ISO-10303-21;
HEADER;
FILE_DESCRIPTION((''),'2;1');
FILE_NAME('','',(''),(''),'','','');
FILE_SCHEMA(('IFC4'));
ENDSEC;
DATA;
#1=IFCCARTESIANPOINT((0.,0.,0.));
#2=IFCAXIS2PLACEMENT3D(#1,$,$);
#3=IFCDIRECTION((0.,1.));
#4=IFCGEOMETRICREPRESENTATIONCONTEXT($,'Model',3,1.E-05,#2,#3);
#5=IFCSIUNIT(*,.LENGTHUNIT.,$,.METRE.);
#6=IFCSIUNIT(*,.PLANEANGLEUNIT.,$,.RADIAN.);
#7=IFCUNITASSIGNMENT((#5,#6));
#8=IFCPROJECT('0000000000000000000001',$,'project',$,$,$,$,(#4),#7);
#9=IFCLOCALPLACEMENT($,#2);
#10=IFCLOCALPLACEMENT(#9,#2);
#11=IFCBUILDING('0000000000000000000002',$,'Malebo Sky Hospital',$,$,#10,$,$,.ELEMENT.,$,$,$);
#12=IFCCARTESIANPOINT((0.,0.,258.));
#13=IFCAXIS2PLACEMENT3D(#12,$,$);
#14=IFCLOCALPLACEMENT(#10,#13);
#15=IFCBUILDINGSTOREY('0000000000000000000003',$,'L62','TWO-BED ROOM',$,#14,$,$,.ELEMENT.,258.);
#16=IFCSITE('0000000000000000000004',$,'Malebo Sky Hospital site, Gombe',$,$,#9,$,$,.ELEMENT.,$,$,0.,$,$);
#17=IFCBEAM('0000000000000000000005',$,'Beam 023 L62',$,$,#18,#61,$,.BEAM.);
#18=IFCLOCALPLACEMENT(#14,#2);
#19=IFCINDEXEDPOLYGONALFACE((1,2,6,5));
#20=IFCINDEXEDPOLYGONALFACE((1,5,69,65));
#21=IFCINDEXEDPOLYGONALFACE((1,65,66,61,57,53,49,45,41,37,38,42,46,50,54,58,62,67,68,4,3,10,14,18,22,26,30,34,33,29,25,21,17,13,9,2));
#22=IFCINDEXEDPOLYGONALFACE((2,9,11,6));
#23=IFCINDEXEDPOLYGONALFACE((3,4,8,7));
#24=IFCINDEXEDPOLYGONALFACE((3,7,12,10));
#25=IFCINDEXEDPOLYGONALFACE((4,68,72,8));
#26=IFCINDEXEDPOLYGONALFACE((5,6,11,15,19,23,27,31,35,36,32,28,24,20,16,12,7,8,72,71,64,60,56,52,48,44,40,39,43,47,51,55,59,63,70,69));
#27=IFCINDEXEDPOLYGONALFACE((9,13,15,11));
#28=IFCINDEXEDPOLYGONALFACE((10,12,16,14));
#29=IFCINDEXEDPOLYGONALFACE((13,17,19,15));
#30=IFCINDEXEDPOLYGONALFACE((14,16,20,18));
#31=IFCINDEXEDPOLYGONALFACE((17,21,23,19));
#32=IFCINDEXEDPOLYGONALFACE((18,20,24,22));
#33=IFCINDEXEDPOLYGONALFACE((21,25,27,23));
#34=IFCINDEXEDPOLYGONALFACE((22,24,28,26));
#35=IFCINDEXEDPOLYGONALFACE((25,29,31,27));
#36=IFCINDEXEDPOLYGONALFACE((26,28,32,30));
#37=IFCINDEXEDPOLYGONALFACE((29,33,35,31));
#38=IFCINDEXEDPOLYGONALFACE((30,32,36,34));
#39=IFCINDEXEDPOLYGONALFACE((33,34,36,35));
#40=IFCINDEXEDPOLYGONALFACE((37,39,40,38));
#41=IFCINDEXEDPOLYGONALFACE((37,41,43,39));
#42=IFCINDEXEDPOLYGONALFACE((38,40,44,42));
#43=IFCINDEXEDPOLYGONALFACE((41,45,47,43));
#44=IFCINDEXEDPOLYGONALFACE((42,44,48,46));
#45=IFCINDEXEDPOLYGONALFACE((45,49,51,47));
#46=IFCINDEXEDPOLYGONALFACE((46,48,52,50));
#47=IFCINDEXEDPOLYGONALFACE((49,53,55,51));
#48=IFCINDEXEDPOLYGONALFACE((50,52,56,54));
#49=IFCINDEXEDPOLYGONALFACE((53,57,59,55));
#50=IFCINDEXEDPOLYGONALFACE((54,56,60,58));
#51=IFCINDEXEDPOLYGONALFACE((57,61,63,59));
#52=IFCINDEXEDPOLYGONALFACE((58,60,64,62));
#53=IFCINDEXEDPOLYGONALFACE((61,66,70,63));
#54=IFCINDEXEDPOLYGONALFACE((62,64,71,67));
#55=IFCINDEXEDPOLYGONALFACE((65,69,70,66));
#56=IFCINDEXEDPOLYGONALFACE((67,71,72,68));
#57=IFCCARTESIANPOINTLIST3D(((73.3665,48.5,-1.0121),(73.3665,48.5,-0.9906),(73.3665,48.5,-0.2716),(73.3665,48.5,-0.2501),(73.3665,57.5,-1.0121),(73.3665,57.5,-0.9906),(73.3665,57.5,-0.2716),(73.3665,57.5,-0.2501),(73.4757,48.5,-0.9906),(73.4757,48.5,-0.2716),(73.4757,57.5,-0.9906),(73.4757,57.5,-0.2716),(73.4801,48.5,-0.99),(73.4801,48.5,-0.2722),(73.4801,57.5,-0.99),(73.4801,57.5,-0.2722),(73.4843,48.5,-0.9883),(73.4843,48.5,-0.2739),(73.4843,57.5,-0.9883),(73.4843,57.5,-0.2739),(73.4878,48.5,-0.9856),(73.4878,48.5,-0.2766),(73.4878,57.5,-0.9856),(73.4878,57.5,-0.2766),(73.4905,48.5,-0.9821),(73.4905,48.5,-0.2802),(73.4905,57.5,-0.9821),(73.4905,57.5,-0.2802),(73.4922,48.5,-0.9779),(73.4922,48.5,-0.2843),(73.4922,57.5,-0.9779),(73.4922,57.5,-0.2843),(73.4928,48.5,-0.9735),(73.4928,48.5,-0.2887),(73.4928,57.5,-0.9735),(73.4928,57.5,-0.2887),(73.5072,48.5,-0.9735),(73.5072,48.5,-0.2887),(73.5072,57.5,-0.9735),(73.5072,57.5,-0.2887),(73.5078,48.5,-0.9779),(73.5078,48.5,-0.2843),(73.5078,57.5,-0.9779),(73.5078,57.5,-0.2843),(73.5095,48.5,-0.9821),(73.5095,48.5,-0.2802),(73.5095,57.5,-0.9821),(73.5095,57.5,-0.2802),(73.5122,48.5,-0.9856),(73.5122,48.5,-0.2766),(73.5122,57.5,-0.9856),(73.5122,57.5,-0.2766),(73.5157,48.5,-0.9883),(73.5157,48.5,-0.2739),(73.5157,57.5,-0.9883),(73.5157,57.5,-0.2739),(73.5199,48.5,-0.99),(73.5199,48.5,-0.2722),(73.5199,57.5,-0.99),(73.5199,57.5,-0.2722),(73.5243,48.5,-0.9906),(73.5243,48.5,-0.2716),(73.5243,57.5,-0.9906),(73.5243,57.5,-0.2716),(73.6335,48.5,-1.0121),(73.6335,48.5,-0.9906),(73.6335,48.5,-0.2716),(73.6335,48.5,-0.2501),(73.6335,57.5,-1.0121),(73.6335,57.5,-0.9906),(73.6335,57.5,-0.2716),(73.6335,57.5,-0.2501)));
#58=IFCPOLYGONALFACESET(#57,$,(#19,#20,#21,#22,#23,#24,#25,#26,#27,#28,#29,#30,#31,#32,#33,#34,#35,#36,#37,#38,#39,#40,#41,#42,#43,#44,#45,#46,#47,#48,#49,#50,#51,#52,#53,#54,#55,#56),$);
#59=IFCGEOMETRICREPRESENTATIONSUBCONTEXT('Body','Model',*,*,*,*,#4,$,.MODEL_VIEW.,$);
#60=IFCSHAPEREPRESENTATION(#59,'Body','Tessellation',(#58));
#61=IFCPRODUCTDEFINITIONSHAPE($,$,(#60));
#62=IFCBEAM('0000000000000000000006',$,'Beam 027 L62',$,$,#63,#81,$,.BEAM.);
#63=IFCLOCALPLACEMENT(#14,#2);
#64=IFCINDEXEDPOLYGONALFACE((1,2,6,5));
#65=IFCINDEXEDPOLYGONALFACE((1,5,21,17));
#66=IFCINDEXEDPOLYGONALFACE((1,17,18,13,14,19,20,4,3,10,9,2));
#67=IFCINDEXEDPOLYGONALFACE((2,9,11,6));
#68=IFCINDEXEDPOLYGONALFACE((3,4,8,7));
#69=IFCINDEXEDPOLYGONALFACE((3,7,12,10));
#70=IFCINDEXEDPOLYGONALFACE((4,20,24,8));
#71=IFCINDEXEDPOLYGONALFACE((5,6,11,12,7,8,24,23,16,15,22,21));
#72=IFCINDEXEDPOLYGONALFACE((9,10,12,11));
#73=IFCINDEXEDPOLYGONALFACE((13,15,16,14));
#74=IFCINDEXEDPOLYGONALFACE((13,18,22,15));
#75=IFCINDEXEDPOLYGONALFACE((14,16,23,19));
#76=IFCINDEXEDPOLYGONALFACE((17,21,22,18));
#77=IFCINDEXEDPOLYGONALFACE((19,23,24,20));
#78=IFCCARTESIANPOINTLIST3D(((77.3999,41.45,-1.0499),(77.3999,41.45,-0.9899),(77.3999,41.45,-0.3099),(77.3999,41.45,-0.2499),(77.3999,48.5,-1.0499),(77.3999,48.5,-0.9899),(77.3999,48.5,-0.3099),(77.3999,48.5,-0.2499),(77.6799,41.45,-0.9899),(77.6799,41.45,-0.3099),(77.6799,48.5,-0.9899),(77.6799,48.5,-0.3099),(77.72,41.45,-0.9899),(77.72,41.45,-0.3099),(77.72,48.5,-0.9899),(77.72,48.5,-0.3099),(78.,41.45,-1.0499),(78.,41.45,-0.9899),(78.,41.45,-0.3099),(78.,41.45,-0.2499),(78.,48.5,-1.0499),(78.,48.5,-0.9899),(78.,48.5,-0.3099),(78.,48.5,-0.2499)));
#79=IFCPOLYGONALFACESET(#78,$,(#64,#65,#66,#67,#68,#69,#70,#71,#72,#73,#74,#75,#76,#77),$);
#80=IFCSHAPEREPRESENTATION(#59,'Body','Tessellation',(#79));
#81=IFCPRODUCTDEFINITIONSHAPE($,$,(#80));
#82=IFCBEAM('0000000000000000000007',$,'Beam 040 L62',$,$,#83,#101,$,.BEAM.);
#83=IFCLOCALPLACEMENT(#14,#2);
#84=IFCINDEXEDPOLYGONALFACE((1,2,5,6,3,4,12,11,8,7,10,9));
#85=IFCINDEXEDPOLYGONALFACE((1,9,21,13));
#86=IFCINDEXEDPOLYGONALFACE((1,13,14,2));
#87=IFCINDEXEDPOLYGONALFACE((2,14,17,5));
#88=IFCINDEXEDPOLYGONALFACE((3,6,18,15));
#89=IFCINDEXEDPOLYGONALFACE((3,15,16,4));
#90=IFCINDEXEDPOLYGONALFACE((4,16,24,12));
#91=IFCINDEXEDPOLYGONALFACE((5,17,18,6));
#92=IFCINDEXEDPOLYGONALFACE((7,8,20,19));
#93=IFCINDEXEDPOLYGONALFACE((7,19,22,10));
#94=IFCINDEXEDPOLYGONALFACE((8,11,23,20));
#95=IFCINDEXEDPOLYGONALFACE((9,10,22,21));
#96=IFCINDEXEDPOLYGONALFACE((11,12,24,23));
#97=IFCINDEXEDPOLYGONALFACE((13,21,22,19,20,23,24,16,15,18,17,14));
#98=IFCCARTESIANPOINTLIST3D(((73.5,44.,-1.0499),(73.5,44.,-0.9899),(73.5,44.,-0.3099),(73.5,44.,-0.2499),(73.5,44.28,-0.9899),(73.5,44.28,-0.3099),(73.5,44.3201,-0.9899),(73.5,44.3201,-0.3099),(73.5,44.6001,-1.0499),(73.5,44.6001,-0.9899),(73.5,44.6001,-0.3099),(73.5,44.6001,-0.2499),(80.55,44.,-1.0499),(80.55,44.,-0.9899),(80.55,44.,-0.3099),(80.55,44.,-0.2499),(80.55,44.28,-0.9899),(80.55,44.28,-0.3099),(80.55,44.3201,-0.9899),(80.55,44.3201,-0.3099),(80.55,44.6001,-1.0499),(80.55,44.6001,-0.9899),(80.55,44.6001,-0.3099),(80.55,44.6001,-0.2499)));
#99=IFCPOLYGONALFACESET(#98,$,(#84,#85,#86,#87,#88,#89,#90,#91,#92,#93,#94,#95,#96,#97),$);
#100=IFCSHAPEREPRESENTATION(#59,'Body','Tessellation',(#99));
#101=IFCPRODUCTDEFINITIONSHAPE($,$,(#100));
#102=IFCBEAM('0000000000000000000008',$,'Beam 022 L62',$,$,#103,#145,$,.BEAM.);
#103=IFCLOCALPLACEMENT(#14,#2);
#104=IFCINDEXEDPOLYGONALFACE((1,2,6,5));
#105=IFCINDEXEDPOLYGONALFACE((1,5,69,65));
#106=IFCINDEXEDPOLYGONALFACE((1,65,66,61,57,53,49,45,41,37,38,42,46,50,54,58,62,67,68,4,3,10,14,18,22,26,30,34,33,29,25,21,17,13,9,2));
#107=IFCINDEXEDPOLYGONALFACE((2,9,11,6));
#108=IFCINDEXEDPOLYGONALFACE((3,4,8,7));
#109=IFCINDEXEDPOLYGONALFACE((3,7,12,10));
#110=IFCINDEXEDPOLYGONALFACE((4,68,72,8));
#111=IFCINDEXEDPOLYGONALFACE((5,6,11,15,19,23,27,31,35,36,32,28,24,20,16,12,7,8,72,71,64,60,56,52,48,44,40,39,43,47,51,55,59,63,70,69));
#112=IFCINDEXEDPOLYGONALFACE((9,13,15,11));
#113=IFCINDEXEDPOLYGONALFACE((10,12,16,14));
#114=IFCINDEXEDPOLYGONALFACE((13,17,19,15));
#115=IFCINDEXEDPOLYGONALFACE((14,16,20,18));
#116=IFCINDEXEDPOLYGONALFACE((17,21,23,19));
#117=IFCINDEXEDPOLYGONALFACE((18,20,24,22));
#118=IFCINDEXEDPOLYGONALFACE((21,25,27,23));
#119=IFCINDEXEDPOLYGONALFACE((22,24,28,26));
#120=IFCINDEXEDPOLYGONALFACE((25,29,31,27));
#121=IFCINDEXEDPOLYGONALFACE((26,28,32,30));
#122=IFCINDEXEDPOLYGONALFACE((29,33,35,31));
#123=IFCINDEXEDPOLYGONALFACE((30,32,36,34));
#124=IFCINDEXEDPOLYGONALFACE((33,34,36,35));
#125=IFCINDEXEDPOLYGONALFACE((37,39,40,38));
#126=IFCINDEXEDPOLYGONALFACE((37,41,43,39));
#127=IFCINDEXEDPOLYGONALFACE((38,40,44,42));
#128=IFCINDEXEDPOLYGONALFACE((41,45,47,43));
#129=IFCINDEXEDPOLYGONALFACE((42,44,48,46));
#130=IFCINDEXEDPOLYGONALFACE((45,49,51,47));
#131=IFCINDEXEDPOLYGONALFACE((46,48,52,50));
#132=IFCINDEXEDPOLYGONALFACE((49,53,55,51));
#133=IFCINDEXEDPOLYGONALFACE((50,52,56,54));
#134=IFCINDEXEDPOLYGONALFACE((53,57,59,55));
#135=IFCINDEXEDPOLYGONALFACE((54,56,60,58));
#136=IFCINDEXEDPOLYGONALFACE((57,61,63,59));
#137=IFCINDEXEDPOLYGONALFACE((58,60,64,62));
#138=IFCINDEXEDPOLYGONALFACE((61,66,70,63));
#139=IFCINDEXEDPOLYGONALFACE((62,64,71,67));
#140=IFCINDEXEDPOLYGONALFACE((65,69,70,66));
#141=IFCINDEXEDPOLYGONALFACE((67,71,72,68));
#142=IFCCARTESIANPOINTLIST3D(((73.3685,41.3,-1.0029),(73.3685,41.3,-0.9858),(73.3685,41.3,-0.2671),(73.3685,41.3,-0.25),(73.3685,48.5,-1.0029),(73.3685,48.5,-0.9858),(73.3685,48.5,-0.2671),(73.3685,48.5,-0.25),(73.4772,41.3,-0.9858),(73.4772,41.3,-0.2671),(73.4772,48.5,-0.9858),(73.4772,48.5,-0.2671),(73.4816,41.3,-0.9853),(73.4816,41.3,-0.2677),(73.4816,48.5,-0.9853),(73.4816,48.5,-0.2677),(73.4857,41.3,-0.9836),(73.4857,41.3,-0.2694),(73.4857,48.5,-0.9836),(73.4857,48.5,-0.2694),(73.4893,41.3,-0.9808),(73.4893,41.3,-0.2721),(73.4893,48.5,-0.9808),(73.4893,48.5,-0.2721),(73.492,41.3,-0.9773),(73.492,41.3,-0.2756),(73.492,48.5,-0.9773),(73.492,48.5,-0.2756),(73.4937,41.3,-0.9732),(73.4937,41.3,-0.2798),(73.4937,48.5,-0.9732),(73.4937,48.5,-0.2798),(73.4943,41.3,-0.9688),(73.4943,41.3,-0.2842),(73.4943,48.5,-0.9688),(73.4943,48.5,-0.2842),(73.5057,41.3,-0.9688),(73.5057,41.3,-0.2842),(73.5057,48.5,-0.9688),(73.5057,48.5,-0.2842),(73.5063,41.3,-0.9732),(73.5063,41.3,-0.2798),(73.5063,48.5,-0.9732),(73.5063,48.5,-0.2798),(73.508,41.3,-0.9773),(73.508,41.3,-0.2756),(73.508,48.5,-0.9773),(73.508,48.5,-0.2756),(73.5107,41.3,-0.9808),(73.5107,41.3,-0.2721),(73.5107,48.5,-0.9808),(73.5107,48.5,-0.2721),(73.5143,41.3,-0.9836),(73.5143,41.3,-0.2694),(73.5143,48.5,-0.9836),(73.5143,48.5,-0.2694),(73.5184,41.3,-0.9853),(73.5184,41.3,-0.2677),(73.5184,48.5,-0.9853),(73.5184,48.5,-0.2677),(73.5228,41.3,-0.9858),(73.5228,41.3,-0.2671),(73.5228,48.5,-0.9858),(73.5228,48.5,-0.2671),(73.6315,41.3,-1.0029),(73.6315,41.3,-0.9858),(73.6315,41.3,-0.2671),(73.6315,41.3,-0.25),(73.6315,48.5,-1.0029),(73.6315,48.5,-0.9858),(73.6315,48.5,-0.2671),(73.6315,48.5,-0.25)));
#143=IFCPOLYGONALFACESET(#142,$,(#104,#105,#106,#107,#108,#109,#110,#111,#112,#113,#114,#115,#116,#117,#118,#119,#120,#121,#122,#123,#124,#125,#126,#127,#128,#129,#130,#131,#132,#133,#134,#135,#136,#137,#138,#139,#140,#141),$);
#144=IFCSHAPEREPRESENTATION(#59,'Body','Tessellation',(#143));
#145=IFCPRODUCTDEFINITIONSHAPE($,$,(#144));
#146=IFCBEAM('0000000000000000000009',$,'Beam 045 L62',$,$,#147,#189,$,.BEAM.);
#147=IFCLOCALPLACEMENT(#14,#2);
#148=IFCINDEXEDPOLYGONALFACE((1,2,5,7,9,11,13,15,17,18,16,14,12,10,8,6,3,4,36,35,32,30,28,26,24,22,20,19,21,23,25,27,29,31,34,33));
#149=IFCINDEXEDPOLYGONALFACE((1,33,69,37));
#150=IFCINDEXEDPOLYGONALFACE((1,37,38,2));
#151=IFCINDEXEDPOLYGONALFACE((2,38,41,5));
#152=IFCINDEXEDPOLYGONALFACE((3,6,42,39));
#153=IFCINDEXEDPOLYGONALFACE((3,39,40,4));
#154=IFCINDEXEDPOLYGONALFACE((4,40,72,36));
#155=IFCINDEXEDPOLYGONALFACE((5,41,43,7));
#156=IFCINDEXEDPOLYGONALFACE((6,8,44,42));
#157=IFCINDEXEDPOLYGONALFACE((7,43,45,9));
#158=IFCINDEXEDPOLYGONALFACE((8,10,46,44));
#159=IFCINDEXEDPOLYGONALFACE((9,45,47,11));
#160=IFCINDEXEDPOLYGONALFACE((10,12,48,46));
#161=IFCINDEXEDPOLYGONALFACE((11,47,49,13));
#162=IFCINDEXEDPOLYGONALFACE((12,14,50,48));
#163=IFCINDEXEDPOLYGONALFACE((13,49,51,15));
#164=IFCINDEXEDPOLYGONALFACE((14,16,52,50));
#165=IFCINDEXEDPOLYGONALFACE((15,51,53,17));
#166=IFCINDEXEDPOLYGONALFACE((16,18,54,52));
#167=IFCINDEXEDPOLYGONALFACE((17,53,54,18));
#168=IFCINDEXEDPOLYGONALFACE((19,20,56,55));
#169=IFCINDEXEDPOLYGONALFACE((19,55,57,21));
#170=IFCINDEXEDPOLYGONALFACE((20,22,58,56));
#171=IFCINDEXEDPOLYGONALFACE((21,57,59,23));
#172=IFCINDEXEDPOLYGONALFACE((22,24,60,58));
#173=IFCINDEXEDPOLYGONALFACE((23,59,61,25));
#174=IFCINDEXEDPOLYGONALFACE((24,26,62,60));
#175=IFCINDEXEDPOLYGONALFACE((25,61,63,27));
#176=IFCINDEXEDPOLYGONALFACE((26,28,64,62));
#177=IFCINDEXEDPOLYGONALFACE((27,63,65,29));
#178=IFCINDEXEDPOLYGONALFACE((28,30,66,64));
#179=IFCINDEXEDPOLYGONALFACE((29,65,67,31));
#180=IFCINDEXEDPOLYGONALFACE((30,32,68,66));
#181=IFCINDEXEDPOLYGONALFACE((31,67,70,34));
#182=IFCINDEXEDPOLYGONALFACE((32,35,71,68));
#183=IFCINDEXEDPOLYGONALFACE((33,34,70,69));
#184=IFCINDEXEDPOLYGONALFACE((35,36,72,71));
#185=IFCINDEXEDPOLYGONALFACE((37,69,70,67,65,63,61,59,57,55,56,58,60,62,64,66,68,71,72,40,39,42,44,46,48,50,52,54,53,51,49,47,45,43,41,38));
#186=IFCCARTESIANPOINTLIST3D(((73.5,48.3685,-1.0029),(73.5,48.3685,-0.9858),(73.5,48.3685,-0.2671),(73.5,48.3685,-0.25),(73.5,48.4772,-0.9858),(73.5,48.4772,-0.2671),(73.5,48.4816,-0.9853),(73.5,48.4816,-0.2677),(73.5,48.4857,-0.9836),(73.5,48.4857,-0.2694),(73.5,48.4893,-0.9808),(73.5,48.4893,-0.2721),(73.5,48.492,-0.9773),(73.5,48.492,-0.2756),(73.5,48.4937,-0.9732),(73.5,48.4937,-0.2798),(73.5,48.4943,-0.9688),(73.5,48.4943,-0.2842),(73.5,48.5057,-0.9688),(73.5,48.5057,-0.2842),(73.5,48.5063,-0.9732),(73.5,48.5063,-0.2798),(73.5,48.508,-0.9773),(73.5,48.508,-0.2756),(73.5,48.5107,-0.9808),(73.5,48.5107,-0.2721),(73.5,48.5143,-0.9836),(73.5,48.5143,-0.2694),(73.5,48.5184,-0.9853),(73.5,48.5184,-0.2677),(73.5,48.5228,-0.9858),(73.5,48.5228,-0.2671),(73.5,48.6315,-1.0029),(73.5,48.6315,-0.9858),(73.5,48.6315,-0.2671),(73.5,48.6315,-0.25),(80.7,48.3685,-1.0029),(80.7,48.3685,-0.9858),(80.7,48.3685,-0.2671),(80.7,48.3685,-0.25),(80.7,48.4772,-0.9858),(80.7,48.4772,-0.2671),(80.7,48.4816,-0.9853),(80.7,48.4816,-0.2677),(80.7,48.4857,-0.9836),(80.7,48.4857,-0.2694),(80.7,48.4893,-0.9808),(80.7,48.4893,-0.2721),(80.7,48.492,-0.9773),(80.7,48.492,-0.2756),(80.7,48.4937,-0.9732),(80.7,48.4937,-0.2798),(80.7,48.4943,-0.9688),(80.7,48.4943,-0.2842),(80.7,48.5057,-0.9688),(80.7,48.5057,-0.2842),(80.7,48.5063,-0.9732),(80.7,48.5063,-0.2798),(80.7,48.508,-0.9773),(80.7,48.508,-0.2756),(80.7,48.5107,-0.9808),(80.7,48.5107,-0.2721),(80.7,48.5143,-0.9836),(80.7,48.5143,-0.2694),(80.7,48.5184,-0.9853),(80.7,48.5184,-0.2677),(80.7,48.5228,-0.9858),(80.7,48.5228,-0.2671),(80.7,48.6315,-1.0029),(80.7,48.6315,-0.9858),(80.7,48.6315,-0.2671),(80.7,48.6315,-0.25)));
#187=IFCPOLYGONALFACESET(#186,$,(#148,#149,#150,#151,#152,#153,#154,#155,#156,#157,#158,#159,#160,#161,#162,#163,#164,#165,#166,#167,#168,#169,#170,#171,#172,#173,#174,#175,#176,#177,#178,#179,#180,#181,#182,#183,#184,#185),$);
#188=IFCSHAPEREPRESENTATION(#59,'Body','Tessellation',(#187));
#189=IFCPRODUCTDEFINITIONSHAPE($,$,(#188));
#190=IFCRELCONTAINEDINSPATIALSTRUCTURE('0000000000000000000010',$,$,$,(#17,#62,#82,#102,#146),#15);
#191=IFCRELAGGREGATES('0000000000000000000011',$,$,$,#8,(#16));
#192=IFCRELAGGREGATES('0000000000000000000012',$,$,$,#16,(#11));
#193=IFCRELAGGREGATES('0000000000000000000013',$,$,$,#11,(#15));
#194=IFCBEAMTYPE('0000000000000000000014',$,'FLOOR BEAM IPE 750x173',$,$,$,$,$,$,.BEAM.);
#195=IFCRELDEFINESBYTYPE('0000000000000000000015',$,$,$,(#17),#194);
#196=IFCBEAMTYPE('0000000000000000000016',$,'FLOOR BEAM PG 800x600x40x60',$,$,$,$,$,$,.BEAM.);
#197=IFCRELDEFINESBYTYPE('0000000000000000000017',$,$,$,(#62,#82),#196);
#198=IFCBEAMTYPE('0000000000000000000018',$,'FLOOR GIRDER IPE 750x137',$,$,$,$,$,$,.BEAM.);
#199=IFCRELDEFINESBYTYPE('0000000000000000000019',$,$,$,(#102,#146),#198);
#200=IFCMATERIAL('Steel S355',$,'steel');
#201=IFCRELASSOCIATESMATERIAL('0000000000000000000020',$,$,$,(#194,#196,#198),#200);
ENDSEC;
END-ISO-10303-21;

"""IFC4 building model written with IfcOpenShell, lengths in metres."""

from ifc_helpers import new_model, si_unit, direction, frame, origin, origin_2d, place, context, subcontext, project, spatial, i_section, extrude, material, material_profile, profile_set, type_object, element, save


model = new_model("IFC4")

# Units and contexts
model_context = context("Model", 3, precision=1e-05, world=origin(), true_north=direction((0.0, 1.0)))
body_context = subcontext(model_context, "Body", "Model", "MODEL_VIEW")
ifc_project = project(units=[si_unit("LENGTHUNIT", "METRE"), si_unit("PLANEANGLEUNIT", "RADIAN")], contexts=[model_context])

# Site, building, storey
site_placement = place(None, origin())
site = spatial("IfcSite", under=ifc_project, at=site_placement, Name="Malebo Sky Hospital site, Gombe", CompositionType="ELEMENT", RefElevation=0.0)
building_placement = place(site_placement, origin())
building = spatial("IfcBuilding", under=site, at=building_placement, Name="Malebo Sky Hospital", CompositionType="ELEMENT")
storey_placement = place(building_placement, frame((0.0, 0.0, 258.0)))
storey = spatial("IfcBuildingStorey", under=building, at=storey_placement, Name="L62", Description="TWO-BED ROOM", CompositionType="ELEMENT", Elevation=258.0)

# Beams
ifc_material_1 = material(Name="Steel S355", Category="steel")
ifc_material_profile_1 = material_profile(ifc_material_1, i_section(OverallWidth=0.2671, OverallDepth=0.762, WebThickness=0.0144, FlangeThickness=0.0215, FilletRadius=0.0171, at=origin_2d()), Name="IPE 750x173")
ifc_profile_set_1 = profile_set([ifc_material_profile_1], Name="Steel S355")
beam_type_1 = type_object("IfcBeamType", Name="FLOOR BEAM IPE 750x173", PredefinedType="BEAM", material=ifc_profile_set_1)
beam_1_placement = place(storey_placement, frame((73.5, 48.5, -0.6311), z_axis=(0.0, 1.0, 0.0), x_axis=(-1.0, 0.0, 0.0)))
element("IfcBeam", 1, at=beam_1_placement, inside=storey, type_object=beam_type_1, Name="Beam 023 L62", PredefinedType="BEAM", context=body_context, shape_type="SweptSolid", body=[
    extrude(i_section(OverallWidth=0.2671, OverallDepth=0.762, WebThickness=0.0144, FlangeThickness=0.0215, FilletRadius=0.0171, at=origin_2d()), origin(), (0.0, 0.0, 1.0), 9.0),
])
ifc_material_profile_2 = material_profile(ifc_material_1, i_section(OverallWidth=0.6001, OverallDepth=0.8, WebThickness=0.04, FlangeThickness=0.0601, at=origin_2d()), Name="PG 800x600x40x60")
ifc_profile_set_2 = profile_set([ifc_material_profile_2], Name="Steel S355")
beam_type_2 = type_object("IfcBeamType", Name="FLOOR BEAM PG 800x600x40x60", PredefinedType="BEAM", material=ifc_profile_set_2)
for number, where, z_axis, x_axis, name in (
    (2, (77.7, 41.45, -0.6499), (0.0, 1.0, 0.0), (-1.0, 0.0, 0.0), "Beam 027 L62"),
    (3, (73.5, 44.3, -0.6499), (1.0, 0.0, 0.0), (0.0, 1.0, 0.0), "Beam 040 L62"),
):
    element("IfcBeam", number, at=place(storey_placement, frame(where, z_axis=z_axis, x_axis=x_axis)), inside=storey, type_object=beam_type_2, Name=name, PredefinedType="BEAM", context=body_context, shape_type="SweptSolid", body=[
        extrude(i_section(OverallWidth=0.6001, OverallDepth=0.8, WebThickness=0.04, FlangeThickness=0.0601, at=origin_2d()), origin(), (0.0, 0.0, 1.0), 7.05),
    ])
ifc_material_profile_3 = material_profile(ifc_material_1, i_section(OverallWidth=0.2629, OverallDepth=0.7529, WebThickness=0.0115, FlangeThickness=0.0171, FilletRadius=0.0171, at=origin_2d()), Name="IPE 750x137")
ifc_profile_set_3 = profile_set([ifc_material_profile_3], Name="Steel S355")
beam_type_3 = type_object("IfcBeamType", Name="FLOOR GIRDER IPE 750x137", PredefinedType="BEAM", material=ifc_profile_set_3)
for number, where, z_axis, x_axis, name in (
    (4, (73.5, 41.3, -0.6265), (0.0, 1.0, 0.0), (-1.0, 0.0, 0.0), "Beam 022 L62"),
    (5, (73.5, 48.5, -0.6265), (1.0, 0.0, 0.0), (0.0, 1.0, 0.0), "Beam 045 L62"),
):
    element("IfcBeam", number, at=place(storey_placement, frame(where, z_axis=z_axis, x_axis=x_axis)), inside=storey, type_object=beam_type_3, Name=name, PredefinedType="BEAM", context=body_context, shape_type="SweptSolid", body=[
        extrude(i_section(OverallWidth=0.2629, OverallDepth=0.7529, WebThickness=0.0115, FlangeThickness=0.0171, FilletRadius=0.0171, at=origin_2d()), origin(), (0.0, 0.0, 1.0), 7.2),
    ])

save(model, "model.ifc")
